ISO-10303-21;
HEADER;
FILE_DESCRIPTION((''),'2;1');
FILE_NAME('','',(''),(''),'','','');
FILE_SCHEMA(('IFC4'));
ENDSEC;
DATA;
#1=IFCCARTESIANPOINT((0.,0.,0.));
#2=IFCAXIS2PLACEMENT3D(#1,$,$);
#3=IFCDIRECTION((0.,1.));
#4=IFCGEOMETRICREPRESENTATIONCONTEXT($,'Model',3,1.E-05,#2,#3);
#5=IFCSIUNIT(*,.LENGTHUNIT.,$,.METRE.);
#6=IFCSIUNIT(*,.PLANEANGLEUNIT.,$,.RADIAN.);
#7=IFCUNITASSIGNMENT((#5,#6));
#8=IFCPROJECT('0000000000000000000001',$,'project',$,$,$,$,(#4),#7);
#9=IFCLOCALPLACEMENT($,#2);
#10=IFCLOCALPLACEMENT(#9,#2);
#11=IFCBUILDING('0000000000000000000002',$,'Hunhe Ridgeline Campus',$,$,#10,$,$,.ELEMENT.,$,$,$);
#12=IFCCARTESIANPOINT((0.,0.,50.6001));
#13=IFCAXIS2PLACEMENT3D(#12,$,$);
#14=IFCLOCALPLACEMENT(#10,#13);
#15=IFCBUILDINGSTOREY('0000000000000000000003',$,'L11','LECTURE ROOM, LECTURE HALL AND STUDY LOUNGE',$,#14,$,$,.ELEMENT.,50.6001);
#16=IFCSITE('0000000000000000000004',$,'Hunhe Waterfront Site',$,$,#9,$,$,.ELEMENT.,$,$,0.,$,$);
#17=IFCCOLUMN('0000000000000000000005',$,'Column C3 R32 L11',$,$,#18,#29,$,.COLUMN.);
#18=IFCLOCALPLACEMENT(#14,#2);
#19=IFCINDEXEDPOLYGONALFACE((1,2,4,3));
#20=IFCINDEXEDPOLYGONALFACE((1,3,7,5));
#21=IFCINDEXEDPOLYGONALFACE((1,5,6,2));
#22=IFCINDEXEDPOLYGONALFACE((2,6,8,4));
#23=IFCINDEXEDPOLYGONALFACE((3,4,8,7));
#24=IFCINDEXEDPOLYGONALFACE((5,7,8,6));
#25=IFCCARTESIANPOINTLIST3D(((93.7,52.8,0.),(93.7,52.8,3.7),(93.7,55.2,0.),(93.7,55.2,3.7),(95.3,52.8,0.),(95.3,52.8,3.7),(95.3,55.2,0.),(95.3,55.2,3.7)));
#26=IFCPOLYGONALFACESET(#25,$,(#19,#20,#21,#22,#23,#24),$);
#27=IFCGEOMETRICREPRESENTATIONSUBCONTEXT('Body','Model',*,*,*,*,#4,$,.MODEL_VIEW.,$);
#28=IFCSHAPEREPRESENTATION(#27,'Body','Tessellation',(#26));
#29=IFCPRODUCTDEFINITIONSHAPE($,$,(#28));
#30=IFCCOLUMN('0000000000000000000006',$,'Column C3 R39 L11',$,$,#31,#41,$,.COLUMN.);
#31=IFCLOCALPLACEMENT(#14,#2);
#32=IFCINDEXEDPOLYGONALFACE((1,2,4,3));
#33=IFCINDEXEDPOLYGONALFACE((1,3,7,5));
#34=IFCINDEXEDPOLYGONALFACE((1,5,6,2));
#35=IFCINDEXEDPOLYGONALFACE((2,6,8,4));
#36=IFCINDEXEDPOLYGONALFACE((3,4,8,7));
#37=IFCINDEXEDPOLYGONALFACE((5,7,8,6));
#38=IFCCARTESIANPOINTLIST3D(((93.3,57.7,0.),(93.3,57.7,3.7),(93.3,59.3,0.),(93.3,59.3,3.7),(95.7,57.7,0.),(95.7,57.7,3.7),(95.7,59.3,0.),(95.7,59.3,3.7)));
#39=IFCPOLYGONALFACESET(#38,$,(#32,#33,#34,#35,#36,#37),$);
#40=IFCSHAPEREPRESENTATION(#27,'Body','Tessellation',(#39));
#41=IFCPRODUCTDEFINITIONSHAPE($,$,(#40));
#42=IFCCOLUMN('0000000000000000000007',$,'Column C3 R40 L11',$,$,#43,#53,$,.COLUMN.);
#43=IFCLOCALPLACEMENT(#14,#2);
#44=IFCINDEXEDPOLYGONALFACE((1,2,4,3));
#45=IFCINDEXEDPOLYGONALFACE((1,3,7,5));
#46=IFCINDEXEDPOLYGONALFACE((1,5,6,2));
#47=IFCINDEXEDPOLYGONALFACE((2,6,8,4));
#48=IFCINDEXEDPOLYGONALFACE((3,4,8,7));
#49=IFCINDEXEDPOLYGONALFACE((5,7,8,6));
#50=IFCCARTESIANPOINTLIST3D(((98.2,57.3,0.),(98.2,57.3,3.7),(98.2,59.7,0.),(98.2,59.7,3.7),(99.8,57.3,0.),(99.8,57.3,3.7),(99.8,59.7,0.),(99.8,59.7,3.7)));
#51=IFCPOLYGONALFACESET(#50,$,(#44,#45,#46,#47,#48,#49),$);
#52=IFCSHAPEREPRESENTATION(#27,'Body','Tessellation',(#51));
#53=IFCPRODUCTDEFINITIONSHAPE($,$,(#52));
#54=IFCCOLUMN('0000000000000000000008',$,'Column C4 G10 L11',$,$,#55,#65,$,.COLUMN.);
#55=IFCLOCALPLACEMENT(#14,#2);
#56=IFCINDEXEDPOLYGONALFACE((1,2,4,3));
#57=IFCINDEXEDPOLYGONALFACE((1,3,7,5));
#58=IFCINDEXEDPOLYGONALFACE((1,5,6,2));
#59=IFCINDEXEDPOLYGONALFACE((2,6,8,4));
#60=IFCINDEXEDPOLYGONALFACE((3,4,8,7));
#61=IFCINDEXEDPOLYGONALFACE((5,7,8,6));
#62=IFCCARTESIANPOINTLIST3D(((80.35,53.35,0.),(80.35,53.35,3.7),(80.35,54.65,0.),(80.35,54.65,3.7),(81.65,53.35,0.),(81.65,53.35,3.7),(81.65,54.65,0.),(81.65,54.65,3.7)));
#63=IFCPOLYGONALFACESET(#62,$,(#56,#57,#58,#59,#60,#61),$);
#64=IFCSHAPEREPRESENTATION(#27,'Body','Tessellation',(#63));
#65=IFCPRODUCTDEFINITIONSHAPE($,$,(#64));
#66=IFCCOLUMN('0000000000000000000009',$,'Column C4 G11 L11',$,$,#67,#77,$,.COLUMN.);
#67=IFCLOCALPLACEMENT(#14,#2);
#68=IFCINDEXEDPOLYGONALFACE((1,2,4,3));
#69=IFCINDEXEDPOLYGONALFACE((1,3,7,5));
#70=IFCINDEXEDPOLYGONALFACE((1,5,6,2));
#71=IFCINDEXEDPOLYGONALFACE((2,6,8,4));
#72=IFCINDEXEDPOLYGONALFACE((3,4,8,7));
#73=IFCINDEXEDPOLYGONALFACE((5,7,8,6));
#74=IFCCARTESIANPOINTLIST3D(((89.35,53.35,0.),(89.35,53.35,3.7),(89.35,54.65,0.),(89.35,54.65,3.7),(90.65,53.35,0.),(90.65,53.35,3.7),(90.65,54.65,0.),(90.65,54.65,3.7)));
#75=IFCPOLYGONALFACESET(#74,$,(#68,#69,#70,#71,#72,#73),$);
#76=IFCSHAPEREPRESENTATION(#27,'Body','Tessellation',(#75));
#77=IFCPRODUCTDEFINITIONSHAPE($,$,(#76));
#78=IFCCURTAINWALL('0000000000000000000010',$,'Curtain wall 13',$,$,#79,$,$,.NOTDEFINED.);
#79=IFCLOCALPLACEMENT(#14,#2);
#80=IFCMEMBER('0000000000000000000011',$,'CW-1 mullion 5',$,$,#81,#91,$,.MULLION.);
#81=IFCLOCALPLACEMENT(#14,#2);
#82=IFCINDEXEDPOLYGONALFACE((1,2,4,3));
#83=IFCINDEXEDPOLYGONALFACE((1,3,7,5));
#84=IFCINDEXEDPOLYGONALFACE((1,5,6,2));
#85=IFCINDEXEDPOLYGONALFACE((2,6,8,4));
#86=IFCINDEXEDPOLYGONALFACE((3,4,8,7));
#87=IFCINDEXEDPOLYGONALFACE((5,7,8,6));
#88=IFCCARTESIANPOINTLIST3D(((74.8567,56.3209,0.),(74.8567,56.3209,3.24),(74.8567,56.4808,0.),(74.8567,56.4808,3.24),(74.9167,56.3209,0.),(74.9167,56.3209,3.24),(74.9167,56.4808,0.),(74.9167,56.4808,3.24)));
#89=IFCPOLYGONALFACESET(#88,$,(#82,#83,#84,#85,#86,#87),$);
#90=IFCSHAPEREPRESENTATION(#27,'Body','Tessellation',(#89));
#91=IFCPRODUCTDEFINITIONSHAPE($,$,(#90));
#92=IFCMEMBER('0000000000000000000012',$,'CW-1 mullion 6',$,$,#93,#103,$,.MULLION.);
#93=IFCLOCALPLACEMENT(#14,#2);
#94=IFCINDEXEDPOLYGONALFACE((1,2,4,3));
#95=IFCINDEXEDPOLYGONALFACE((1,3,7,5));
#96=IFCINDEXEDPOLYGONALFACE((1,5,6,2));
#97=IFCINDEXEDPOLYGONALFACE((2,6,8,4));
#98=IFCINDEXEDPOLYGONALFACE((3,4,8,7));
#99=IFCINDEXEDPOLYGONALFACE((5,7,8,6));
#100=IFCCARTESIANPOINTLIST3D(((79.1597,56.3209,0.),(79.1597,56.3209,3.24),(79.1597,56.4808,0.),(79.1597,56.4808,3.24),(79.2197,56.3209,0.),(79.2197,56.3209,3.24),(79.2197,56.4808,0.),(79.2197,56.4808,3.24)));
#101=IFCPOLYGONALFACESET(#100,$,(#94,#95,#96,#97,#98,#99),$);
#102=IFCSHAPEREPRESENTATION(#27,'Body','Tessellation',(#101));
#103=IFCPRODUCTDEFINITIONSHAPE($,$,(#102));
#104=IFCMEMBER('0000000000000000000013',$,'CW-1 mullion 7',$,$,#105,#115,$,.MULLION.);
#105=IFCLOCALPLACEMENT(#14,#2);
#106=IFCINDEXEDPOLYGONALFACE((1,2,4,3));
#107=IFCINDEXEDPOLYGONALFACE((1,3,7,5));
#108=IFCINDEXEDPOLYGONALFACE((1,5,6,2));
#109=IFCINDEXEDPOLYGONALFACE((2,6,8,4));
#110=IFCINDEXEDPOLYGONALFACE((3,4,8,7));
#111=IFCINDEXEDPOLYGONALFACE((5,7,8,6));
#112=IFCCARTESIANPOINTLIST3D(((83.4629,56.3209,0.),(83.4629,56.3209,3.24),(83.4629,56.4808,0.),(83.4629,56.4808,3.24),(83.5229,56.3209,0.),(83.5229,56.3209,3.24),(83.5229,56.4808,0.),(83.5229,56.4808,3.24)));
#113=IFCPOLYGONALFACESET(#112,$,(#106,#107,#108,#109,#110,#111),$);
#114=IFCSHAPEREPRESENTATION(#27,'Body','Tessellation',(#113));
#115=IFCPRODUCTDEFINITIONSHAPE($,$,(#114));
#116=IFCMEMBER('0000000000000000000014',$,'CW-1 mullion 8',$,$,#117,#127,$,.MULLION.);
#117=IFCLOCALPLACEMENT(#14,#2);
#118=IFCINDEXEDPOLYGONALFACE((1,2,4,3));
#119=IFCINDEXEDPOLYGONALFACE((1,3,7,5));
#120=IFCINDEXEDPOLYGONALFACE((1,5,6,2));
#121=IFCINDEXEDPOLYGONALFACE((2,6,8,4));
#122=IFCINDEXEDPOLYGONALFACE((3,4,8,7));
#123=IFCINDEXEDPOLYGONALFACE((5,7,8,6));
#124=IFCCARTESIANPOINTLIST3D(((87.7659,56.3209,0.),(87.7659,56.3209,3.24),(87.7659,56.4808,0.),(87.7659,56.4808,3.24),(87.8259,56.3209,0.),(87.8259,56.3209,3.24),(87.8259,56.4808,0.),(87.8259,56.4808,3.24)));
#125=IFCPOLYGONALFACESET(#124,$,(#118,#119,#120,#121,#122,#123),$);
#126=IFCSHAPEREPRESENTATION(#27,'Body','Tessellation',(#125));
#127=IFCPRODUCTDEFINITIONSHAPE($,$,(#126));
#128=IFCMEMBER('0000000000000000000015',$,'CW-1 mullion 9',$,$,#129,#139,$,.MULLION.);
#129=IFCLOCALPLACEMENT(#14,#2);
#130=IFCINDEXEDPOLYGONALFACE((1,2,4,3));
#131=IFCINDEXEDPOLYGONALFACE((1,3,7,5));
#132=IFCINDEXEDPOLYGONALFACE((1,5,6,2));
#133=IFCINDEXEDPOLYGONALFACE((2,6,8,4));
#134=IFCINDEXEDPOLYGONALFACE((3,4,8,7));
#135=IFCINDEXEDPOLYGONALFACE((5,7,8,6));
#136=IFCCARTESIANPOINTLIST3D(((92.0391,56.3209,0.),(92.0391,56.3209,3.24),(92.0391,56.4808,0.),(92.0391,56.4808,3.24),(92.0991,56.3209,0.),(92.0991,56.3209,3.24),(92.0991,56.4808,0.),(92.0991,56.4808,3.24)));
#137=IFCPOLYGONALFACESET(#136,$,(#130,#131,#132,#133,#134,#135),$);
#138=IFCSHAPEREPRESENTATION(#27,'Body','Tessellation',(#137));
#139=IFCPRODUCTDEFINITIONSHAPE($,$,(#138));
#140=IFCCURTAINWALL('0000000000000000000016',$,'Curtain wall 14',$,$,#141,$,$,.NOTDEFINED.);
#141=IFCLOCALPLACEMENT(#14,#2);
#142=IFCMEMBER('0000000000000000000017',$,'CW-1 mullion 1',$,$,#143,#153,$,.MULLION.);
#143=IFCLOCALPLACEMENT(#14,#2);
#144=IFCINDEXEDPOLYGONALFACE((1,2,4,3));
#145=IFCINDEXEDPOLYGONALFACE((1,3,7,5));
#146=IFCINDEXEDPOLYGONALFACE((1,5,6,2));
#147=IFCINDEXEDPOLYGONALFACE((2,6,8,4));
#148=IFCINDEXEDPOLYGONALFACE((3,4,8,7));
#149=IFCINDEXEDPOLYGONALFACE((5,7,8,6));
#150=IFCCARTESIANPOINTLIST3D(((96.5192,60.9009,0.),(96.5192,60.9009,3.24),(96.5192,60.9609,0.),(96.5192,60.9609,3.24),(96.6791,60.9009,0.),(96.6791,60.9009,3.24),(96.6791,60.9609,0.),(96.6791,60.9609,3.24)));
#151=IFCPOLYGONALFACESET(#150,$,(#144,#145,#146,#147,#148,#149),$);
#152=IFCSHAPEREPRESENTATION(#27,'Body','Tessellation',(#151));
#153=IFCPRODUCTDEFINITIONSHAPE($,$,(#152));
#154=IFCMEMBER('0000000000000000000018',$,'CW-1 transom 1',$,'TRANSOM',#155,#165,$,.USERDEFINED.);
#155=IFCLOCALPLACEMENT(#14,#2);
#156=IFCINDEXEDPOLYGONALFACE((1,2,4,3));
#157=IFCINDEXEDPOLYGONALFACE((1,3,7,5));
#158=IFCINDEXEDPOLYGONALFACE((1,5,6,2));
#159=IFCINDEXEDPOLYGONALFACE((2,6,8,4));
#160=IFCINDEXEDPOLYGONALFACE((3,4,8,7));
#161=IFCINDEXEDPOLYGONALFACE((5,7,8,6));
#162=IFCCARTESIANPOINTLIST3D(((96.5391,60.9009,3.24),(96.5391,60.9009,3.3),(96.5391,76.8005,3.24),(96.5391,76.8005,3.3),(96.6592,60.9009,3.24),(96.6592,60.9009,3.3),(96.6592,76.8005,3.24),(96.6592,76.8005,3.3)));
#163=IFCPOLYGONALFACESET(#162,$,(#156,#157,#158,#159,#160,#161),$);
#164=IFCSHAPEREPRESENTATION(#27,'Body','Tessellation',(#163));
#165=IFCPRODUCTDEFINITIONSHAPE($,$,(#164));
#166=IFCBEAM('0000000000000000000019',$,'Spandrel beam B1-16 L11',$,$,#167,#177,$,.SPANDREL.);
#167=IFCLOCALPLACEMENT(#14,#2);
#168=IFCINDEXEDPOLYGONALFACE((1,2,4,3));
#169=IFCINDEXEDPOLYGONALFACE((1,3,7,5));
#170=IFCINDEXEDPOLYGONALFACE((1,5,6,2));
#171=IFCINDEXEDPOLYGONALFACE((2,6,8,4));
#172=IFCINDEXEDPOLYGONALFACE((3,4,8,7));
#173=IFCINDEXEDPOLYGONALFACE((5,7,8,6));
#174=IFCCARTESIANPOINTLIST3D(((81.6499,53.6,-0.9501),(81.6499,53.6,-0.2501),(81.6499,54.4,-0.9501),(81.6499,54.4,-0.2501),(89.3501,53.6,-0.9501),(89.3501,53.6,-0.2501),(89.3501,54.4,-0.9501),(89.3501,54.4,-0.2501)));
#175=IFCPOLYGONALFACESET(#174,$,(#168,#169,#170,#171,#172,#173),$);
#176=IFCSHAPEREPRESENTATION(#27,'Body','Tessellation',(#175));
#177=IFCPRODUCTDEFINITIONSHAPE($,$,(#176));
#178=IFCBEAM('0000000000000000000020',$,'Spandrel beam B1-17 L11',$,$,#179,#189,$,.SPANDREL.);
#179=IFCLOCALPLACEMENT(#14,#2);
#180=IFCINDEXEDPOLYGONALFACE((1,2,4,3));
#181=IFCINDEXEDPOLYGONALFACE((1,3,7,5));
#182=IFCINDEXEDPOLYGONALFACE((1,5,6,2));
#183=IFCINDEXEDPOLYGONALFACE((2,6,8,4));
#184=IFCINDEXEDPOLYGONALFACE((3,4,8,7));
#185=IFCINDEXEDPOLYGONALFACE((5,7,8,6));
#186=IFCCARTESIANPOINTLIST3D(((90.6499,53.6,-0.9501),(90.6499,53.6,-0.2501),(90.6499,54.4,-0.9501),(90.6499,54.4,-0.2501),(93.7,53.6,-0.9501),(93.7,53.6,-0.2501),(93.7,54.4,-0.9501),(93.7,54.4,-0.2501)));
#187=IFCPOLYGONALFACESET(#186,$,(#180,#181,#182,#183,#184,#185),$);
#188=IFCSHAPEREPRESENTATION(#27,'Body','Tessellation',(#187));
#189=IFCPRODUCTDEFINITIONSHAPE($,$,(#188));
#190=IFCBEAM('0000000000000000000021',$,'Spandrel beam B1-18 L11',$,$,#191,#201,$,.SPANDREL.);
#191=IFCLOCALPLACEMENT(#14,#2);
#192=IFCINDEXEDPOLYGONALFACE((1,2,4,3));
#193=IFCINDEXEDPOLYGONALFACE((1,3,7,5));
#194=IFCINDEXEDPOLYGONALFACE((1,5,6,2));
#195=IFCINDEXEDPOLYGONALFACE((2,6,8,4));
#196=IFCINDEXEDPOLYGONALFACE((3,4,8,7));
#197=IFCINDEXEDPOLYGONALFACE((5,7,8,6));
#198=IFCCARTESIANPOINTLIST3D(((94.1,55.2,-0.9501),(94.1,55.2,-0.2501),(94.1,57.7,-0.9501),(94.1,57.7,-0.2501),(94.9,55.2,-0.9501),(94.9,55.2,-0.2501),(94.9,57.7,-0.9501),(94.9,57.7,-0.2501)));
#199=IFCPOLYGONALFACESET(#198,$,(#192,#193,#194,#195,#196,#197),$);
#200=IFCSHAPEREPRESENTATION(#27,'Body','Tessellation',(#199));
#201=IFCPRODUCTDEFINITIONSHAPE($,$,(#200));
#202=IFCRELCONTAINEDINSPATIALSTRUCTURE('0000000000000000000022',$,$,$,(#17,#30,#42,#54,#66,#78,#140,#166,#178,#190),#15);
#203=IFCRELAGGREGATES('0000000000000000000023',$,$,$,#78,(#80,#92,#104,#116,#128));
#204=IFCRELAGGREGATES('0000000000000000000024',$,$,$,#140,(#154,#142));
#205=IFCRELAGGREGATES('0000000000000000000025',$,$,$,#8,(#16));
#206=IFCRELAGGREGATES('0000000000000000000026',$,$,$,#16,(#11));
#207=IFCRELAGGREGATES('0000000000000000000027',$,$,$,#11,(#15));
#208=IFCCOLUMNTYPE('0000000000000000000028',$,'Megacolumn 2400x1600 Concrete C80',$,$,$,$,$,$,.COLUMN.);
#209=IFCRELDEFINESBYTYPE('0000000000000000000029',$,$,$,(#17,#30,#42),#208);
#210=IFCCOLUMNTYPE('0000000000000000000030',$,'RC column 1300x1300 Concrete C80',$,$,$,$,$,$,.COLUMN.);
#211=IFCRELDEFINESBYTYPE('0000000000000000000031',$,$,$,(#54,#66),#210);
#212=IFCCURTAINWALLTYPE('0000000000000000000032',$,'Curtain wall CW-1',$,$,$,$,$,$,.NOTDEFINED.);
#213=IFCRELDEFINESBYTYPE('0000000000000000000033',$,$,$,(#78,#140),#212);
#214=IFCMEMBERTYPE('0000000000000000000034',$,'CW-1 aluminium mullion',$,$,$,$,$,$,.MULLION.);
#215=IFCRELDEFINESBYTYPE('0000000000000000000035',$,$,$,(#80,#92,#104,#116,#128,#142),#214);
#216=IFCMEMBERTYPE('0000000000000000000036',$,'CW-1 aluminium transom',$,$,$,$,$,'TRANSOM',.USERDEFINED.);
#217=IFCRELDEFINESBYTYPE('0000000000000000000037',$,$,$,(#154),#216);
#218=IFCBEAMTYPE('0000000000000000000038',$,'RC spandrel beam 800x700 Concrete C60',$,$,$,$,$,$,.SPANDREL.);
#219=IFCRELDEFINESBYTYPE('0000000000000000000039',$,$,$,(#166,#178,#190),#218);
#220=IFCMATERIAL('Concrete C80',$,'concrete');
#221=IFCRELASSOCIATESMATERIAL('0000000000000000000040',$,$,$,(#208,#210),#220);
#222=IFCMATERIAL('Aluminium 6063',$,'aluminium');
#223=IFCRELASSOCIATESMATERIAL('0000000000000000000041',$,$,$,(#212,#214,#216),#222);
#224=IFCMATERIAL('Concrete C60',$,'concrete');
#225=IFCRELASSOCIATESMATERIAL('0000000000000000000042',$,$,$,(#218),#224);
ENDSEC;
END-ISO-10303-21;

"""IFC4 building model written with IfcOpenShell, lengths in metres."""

from ifc_helpers import new_model, si_unit, direction, frame, origin, origin_2d, place, context, subcontext, project, spatial, rectangle, extrude, material, material_profile, profile_set, type_object, element, aggregate, save


model = new_model("IFC4")

# Units and contexts
model_context = context("Model", 3, precision=1e-05, world=origin(), true_north=direction((0.0, 1.0)))
body_context = subcontext(model_context, "Body", "Model", "MODEL_VIEW")
ifc_project = project(units=[si_unit("LENGTHUNIT", "METRE"), si_unit("PLANEANGLEUNIT", "RADIAN")], contexts=[model_context])

# Site, building, storey
site_placement = place(None, origin())
site = spatial("IfcSite", under=ifc_project, at=site_placement, Name="Hunhe Waterfront Site", CompositionType="ELEMENT", RefElevation=0.0)
building_placement = place(site_placement, origin())
building = spatial("IfcBuilding", under=site, at=building_placement, Name="Hunhe Ridgeline Campus", CompositionType="ELEMENT")
storey_placement = place(building_placement, frame((0.0, 0.0, 50.6001)))
storey = spatial("IfcBuildingStorey", under=building, at=storey_placement, Name="L11", Description="LECTURE ROOM, LECTURE HALL AND STUDY LOUNGE", CompositionType="ELEMENT", Elevation=50.6001)

# Columns
ifc_material_1 = material(Name="Concrete C80", Category="concrete")
ifc_material_profile_1 = material_profile(ifc_material_1, rectangle(XDim=2.3999, YDim=1.6001, at=origin_2d()))
ifc_profile_set_1 = profile_set([ifc_material_profile_1], Name="Concrete C80")
column_type_1 = type_object("IfcColumnType", Name="Megacolumn 2400x1600 Concrete C80", PredefinedType="COLUMN", material=ifc_profile_set_1)
for number, where, z_axis, x_axis, name in (
    (1, (94.5, 54.0, 0.0), (0.0, 0.0, 1.0), (0.0, 1.0, 0.0), "Column C3 R32 L11"),
    (2, (94.5, 58.5, 0.0), (0.0, 0.0, 1.0), (1.0, 0.0, 0.0), "Column C3 R39 L11"),
    (3, (99.0, 58.5, 0.0), (0.0, 0.0, 1.0), (0.0, 1.0, 0.0), "Column C3 R40 L11"),
):
    element("IfcColumn", number, at=place(storey_placement, frame(where, z_axis=z_axis, x_axis=x_axis)), inside=storey, type_object=column_type_1, Name=name, PredefinedType="COLUMN", context=body_context, shape_type="SweptSolid", body=[
        extrude(rectangle(XDim=2.3999, YDim=1.6001, at=origin_2d()), origin(), (0.0, 0.0, 1.0), 3.7),
    ])
ifc_material_profile_2 = material_profile(ifc_material_1, rectangle(XDim=1.3, YDim=1.3, at=origin_2d()))
ifc_profile_set_2 = profile_set([ifc_material_profile_2], Name="Concrete C80")
column_type_2 = type_object("IfcColumnType", Name="RC column 1300x1300 Concrete C80", PredefinedType="COLUMN", material=ifc_profile_set_2)
for number, where, z_axis, x_axis, name in (
    (4, (81.0, 54.0, 0.0), (0.0, 0.0, 1.0), (1.0, 0.0, 0.0), "Column C4 G10 L11"),
    (5, (90.0, 54.0, 0.0), (0.0, 0.0, 1.0), (1.0, 0.0, 0.0), "Column C4 G11 L11"),
):
    element("IfcColumn", number, at=place(storey_placement, frame(where, z_axis=z_axis, x_axis=x_axis)), inside=storey, type_object=column_type_2, Name=name, PredefinedType="COLUMN", context=body_context, shape_type="SweptSolid", body=[
        extrude(rectangle(XDim=1.3, YDim=1.3, at=origin_2d()), origin(), (0.0, 0.0, 1.0), 3.7),
    ])

# Curtain walls, members
ifc_material_2 = material(Name="Aluminium 6063", Category="aluminium")
curtain_wall_type = type_object("IfcCurtainWallType", Name="Curtain wall CW-1", PredefinedType="NOTDEFINED", material=ifc_material_2)
curtain_wall_1_placement = place(storey_placement, origin())
curtain_wall_1 = element("IfcCurtainWall", 6, at=curtain_wall_1_placement, inside=storey, type_object=curtain_wall_type, Name="Curtain wall 13", PredefinedType="NOTDEFINED")
ifc_material_profile_3 = material_profile(ifc_material_2, rectangle(XDim=0.1599, YDim=0.0601, at=origin_2d()))
ifc_profile_set_3 = profile_set([ifc_material_profile_3], Name="Aluminium 6063")
member_type_1 = type_object("IfcMemberType", Name="CW-1 aluminium mullion", PredefinedType="MULLION", material=ifc_profile_set_3)
member_1_placement = place(storey_placement, frame((74.8867, 56.4009, 0.0), z_axis=(0.0, 0.0, 1.0), x_axis=(-0.000004, 1.0, 0.0)))
member_1 = element("IfcMember", 7, at=member_1_placement, type_object=member_type_1, Name="CW-1 mullion 5", PredefinedType="MULLION", context=body_context, shape_type="SweptSolid", body=[
    extrude(rectangle(XDim=0.1599, YDim=0.0601, at=origin_2d()), origin(), (0.0, 0.0, 1.0), 3.24),
])
member_2_placement = place(storey_placement, frame((79.1897, 56.4009, 0.0), z_axis=(0.0, 0.0, 1.0), x_axis=(-0.000004, 1.0, 0.0)))
member_2 = element("IfcMember", 8, at=member_2_placement, type_object=member_type_1, Name="CW-1 mullion 6", PredefinedType="MULLION", context=body_context, shape_type="SweptSolid", body=[
    extrude(rectangle(XDim=0.1599, YDim=0.0601, at=origin_2d()), origin(), (0.0, 0.0, 1.0), 3.24),
])
member_3_placement = place(storey_placement, frame((83.4929, 56.4009, 0.0), z_axis=(0.0, 0.0, 1.0), x_axis=(-0.000004, 1.0, 0.0)))
member_3 = element("IfcMember", 9, at=member_3_placement, type_object=member_type_1, Name="CW-1 mullion 7", PredefinedType="MULLION", context=body_context, shape_type="SweptSolid", body=[
    extrude(rectangle(XDim=0.1599, YDim=0.0601, at=origin_2d()), origin(), (0.0, 0.0, 1.0), 3.24),
])
member_4_placement = place(storey_placement, frame((87.7959, 56.4009, 0.0), z_axis=(0.0, 0.0, 1.0), x_axis=(-0.000004, 1.0, 0.0)))
member_4 = element("IfcMember", 10, at=member_4_placement, type_object=member_type_1, Name="CW-1 mullion 8", PredefinedType="MULLION", context=body_context, shape_type="SweptSolid", body=[
    extrude(rectangle(XDim=0.1599, YDim=0.0601, at=origin_2d()), origin(), (0.0, 0.0, 1.0), 3.24),
])
member_5_placement = place(storey_placement, frame((92.0691, 56.4009, 0.0), z_axis=(0.0, 0.0, 1.0), x_axis=(-0.000004, 1.0, 0.0)))
member_5 = element("IfcMember", 11, at=member_5_placement, type_object=member_type_1, Name="CW-1 mullion 9", PredefinedType="MULLION", context=body_context, shape_type="SweptSolid", body=[
    extrude(rectangle(XDim=0.1599, YDim=0.0601, at=origin_2d()), origin(), (0.0, 0.0, 1.0), 3.24),
])
curtain_wall_2_placement = place(storey_placement, origin())
curtain_wall_2 = element("IfcCurtainWall", 12, at=curtain_wall_2_placement, inside=storey, type_object=curtain_wall_type, Name="Curtain wall 14", PredefinedType="NOTDEFINED")
member_6_placement = place(storey_placement, frame((96.5991, 60.9309, 0.0), z_axis=(0.0, 0.0, 1.0), x_axis=(-1.0, 0.0, 0.0)))
member_6 = element("IfcMember", 13, at=member_6_placement, type_object=member_type_1, Name="CW-1 mullion 1", PredefinedType="MULLION", context=body_context, shape_type="SweptSolid", body=[
    extrude(rectangle(XDim=0.1599, YDim=0.0601, at=origin_2d()), origin(), (0.0, 0.0, 1.0), 3.24),
])
ifc_material_profile_4 = material_profile(ifc_material_2, rectangle(XDim=0.1201, YDim=0.0601, at=origin_2d()))
ifc_profile_set_4 = profile_set([ifc_material_profile_4], Name="Aluminium 6063")
member_type_2 = type_object("IfcMemberType", Name="CW-1 aluminium transom", ElementType="TRANSOM", PredefinedType="USERDEFINED", material=ifc_profile_set_4)
member_7_placement = place(storey_placement, frame((96.5991, 60.9009, 3.27), z_axis=(0.0, 1.0, 0.0), x_axis=(-1.0, 0.0, 0.0)))
member_7 = element("IfcMember", 14, at=member_7_placement, type_object=member_type_2, Name="CW-1 transom 1", ObjectType="TRANSOM", PredefinedType="USERDEFINED", context=body_context, shape_type="SweptSolid", body=[
    extrude(rectangle(XDim=0.1201, YDim=0.0601, at=origin_2d()), origin(), (0.0, 0.0, 1.0), 15.8997),
])

# Beams
ifc_material_3 = material(Name="Concrete C60", Category="concrete")
ifc_material_profile_5 = material_profile(ifc_material_3, rectangle(XDim=0.8, YDim=0.7, at=origin_2d()))
ifc_profile_set_5 = profile_set([ifc_material_profile_5], Name="Concrete C60")
beam_type = type_object("IfcBeamType", Name="RC spandrel beam 800x700 Concrete C60", PredefinedType="SPANDREL", material=ifc_profile_set_5)
beam_1_placement = place(storey_placement, frame((81.6499, 54.0, -0.6001), z_axis=(1.0, 0.0, 0.0), x_axis=(0.0, 1.0, 0.0)))
element("IfcBeam", 15, at=beam_1_placement, inside=storey, type_object=beam_type, Name="Spandrel beam B1-16 L11", PredefinedType="SPANDREL", context=body_context, shape_type="SweptSolid", body=[
    extrude(rectangle(XDim=0.8, YDim=0.7, at=origin_2d()), origin(), (0.0, 0.0, 1.0), 7.7002),
])
beam_2_placement = place(storey_placement, frame((90.6499, 54.0, -0.6001), z_axis=(1.0, 0.0, 0.0), x_axis=(0.0, 1.0, 0.0)))
element("IfcBeam", 16, at=beam_2_placement, inside=storey, type_object=beam_type, Name="Spandrel beam B1-17 L11", PredefinedType="SPANDREL", context=body_context, shape_type="SweptSolid", body=[
    extrude(rectangle(XDim=0.8, YDim=0.7, at=origin_2d()), origin(), (0.0, 0.0, 1.0), 3.05),
])
for number, where, z_axis, x_axis, name in (
    (17, (94.5, 55.2, -0.6001), (0.0, 1.0, 0.0), (-1.0, 0.0, 0.0), "Spandrel beam B1-18 L11"),
):
    element("IfcBeam", number, at=place(storey_placement, frame(where, z_axis=z_axis, x_axis=x_axis)), inside=storey, type_object=beam_type, Name=name, PredefinedType="SPANDREL", context=body_context, shape_type="SweptSolid", body=[
        extrude(rectangle(XDim=0.8, YDim=0.7, at=origin_2d()), origin(), (0.0, 0.0, 1.0), 2.5),
    ])

aggregate(curtain_wall_1, [member_1, member_2, member_3, member_4, member_5])
aggregate(curtain_wall_2, [member_7, member_6])

save(model, "model.ifc")
